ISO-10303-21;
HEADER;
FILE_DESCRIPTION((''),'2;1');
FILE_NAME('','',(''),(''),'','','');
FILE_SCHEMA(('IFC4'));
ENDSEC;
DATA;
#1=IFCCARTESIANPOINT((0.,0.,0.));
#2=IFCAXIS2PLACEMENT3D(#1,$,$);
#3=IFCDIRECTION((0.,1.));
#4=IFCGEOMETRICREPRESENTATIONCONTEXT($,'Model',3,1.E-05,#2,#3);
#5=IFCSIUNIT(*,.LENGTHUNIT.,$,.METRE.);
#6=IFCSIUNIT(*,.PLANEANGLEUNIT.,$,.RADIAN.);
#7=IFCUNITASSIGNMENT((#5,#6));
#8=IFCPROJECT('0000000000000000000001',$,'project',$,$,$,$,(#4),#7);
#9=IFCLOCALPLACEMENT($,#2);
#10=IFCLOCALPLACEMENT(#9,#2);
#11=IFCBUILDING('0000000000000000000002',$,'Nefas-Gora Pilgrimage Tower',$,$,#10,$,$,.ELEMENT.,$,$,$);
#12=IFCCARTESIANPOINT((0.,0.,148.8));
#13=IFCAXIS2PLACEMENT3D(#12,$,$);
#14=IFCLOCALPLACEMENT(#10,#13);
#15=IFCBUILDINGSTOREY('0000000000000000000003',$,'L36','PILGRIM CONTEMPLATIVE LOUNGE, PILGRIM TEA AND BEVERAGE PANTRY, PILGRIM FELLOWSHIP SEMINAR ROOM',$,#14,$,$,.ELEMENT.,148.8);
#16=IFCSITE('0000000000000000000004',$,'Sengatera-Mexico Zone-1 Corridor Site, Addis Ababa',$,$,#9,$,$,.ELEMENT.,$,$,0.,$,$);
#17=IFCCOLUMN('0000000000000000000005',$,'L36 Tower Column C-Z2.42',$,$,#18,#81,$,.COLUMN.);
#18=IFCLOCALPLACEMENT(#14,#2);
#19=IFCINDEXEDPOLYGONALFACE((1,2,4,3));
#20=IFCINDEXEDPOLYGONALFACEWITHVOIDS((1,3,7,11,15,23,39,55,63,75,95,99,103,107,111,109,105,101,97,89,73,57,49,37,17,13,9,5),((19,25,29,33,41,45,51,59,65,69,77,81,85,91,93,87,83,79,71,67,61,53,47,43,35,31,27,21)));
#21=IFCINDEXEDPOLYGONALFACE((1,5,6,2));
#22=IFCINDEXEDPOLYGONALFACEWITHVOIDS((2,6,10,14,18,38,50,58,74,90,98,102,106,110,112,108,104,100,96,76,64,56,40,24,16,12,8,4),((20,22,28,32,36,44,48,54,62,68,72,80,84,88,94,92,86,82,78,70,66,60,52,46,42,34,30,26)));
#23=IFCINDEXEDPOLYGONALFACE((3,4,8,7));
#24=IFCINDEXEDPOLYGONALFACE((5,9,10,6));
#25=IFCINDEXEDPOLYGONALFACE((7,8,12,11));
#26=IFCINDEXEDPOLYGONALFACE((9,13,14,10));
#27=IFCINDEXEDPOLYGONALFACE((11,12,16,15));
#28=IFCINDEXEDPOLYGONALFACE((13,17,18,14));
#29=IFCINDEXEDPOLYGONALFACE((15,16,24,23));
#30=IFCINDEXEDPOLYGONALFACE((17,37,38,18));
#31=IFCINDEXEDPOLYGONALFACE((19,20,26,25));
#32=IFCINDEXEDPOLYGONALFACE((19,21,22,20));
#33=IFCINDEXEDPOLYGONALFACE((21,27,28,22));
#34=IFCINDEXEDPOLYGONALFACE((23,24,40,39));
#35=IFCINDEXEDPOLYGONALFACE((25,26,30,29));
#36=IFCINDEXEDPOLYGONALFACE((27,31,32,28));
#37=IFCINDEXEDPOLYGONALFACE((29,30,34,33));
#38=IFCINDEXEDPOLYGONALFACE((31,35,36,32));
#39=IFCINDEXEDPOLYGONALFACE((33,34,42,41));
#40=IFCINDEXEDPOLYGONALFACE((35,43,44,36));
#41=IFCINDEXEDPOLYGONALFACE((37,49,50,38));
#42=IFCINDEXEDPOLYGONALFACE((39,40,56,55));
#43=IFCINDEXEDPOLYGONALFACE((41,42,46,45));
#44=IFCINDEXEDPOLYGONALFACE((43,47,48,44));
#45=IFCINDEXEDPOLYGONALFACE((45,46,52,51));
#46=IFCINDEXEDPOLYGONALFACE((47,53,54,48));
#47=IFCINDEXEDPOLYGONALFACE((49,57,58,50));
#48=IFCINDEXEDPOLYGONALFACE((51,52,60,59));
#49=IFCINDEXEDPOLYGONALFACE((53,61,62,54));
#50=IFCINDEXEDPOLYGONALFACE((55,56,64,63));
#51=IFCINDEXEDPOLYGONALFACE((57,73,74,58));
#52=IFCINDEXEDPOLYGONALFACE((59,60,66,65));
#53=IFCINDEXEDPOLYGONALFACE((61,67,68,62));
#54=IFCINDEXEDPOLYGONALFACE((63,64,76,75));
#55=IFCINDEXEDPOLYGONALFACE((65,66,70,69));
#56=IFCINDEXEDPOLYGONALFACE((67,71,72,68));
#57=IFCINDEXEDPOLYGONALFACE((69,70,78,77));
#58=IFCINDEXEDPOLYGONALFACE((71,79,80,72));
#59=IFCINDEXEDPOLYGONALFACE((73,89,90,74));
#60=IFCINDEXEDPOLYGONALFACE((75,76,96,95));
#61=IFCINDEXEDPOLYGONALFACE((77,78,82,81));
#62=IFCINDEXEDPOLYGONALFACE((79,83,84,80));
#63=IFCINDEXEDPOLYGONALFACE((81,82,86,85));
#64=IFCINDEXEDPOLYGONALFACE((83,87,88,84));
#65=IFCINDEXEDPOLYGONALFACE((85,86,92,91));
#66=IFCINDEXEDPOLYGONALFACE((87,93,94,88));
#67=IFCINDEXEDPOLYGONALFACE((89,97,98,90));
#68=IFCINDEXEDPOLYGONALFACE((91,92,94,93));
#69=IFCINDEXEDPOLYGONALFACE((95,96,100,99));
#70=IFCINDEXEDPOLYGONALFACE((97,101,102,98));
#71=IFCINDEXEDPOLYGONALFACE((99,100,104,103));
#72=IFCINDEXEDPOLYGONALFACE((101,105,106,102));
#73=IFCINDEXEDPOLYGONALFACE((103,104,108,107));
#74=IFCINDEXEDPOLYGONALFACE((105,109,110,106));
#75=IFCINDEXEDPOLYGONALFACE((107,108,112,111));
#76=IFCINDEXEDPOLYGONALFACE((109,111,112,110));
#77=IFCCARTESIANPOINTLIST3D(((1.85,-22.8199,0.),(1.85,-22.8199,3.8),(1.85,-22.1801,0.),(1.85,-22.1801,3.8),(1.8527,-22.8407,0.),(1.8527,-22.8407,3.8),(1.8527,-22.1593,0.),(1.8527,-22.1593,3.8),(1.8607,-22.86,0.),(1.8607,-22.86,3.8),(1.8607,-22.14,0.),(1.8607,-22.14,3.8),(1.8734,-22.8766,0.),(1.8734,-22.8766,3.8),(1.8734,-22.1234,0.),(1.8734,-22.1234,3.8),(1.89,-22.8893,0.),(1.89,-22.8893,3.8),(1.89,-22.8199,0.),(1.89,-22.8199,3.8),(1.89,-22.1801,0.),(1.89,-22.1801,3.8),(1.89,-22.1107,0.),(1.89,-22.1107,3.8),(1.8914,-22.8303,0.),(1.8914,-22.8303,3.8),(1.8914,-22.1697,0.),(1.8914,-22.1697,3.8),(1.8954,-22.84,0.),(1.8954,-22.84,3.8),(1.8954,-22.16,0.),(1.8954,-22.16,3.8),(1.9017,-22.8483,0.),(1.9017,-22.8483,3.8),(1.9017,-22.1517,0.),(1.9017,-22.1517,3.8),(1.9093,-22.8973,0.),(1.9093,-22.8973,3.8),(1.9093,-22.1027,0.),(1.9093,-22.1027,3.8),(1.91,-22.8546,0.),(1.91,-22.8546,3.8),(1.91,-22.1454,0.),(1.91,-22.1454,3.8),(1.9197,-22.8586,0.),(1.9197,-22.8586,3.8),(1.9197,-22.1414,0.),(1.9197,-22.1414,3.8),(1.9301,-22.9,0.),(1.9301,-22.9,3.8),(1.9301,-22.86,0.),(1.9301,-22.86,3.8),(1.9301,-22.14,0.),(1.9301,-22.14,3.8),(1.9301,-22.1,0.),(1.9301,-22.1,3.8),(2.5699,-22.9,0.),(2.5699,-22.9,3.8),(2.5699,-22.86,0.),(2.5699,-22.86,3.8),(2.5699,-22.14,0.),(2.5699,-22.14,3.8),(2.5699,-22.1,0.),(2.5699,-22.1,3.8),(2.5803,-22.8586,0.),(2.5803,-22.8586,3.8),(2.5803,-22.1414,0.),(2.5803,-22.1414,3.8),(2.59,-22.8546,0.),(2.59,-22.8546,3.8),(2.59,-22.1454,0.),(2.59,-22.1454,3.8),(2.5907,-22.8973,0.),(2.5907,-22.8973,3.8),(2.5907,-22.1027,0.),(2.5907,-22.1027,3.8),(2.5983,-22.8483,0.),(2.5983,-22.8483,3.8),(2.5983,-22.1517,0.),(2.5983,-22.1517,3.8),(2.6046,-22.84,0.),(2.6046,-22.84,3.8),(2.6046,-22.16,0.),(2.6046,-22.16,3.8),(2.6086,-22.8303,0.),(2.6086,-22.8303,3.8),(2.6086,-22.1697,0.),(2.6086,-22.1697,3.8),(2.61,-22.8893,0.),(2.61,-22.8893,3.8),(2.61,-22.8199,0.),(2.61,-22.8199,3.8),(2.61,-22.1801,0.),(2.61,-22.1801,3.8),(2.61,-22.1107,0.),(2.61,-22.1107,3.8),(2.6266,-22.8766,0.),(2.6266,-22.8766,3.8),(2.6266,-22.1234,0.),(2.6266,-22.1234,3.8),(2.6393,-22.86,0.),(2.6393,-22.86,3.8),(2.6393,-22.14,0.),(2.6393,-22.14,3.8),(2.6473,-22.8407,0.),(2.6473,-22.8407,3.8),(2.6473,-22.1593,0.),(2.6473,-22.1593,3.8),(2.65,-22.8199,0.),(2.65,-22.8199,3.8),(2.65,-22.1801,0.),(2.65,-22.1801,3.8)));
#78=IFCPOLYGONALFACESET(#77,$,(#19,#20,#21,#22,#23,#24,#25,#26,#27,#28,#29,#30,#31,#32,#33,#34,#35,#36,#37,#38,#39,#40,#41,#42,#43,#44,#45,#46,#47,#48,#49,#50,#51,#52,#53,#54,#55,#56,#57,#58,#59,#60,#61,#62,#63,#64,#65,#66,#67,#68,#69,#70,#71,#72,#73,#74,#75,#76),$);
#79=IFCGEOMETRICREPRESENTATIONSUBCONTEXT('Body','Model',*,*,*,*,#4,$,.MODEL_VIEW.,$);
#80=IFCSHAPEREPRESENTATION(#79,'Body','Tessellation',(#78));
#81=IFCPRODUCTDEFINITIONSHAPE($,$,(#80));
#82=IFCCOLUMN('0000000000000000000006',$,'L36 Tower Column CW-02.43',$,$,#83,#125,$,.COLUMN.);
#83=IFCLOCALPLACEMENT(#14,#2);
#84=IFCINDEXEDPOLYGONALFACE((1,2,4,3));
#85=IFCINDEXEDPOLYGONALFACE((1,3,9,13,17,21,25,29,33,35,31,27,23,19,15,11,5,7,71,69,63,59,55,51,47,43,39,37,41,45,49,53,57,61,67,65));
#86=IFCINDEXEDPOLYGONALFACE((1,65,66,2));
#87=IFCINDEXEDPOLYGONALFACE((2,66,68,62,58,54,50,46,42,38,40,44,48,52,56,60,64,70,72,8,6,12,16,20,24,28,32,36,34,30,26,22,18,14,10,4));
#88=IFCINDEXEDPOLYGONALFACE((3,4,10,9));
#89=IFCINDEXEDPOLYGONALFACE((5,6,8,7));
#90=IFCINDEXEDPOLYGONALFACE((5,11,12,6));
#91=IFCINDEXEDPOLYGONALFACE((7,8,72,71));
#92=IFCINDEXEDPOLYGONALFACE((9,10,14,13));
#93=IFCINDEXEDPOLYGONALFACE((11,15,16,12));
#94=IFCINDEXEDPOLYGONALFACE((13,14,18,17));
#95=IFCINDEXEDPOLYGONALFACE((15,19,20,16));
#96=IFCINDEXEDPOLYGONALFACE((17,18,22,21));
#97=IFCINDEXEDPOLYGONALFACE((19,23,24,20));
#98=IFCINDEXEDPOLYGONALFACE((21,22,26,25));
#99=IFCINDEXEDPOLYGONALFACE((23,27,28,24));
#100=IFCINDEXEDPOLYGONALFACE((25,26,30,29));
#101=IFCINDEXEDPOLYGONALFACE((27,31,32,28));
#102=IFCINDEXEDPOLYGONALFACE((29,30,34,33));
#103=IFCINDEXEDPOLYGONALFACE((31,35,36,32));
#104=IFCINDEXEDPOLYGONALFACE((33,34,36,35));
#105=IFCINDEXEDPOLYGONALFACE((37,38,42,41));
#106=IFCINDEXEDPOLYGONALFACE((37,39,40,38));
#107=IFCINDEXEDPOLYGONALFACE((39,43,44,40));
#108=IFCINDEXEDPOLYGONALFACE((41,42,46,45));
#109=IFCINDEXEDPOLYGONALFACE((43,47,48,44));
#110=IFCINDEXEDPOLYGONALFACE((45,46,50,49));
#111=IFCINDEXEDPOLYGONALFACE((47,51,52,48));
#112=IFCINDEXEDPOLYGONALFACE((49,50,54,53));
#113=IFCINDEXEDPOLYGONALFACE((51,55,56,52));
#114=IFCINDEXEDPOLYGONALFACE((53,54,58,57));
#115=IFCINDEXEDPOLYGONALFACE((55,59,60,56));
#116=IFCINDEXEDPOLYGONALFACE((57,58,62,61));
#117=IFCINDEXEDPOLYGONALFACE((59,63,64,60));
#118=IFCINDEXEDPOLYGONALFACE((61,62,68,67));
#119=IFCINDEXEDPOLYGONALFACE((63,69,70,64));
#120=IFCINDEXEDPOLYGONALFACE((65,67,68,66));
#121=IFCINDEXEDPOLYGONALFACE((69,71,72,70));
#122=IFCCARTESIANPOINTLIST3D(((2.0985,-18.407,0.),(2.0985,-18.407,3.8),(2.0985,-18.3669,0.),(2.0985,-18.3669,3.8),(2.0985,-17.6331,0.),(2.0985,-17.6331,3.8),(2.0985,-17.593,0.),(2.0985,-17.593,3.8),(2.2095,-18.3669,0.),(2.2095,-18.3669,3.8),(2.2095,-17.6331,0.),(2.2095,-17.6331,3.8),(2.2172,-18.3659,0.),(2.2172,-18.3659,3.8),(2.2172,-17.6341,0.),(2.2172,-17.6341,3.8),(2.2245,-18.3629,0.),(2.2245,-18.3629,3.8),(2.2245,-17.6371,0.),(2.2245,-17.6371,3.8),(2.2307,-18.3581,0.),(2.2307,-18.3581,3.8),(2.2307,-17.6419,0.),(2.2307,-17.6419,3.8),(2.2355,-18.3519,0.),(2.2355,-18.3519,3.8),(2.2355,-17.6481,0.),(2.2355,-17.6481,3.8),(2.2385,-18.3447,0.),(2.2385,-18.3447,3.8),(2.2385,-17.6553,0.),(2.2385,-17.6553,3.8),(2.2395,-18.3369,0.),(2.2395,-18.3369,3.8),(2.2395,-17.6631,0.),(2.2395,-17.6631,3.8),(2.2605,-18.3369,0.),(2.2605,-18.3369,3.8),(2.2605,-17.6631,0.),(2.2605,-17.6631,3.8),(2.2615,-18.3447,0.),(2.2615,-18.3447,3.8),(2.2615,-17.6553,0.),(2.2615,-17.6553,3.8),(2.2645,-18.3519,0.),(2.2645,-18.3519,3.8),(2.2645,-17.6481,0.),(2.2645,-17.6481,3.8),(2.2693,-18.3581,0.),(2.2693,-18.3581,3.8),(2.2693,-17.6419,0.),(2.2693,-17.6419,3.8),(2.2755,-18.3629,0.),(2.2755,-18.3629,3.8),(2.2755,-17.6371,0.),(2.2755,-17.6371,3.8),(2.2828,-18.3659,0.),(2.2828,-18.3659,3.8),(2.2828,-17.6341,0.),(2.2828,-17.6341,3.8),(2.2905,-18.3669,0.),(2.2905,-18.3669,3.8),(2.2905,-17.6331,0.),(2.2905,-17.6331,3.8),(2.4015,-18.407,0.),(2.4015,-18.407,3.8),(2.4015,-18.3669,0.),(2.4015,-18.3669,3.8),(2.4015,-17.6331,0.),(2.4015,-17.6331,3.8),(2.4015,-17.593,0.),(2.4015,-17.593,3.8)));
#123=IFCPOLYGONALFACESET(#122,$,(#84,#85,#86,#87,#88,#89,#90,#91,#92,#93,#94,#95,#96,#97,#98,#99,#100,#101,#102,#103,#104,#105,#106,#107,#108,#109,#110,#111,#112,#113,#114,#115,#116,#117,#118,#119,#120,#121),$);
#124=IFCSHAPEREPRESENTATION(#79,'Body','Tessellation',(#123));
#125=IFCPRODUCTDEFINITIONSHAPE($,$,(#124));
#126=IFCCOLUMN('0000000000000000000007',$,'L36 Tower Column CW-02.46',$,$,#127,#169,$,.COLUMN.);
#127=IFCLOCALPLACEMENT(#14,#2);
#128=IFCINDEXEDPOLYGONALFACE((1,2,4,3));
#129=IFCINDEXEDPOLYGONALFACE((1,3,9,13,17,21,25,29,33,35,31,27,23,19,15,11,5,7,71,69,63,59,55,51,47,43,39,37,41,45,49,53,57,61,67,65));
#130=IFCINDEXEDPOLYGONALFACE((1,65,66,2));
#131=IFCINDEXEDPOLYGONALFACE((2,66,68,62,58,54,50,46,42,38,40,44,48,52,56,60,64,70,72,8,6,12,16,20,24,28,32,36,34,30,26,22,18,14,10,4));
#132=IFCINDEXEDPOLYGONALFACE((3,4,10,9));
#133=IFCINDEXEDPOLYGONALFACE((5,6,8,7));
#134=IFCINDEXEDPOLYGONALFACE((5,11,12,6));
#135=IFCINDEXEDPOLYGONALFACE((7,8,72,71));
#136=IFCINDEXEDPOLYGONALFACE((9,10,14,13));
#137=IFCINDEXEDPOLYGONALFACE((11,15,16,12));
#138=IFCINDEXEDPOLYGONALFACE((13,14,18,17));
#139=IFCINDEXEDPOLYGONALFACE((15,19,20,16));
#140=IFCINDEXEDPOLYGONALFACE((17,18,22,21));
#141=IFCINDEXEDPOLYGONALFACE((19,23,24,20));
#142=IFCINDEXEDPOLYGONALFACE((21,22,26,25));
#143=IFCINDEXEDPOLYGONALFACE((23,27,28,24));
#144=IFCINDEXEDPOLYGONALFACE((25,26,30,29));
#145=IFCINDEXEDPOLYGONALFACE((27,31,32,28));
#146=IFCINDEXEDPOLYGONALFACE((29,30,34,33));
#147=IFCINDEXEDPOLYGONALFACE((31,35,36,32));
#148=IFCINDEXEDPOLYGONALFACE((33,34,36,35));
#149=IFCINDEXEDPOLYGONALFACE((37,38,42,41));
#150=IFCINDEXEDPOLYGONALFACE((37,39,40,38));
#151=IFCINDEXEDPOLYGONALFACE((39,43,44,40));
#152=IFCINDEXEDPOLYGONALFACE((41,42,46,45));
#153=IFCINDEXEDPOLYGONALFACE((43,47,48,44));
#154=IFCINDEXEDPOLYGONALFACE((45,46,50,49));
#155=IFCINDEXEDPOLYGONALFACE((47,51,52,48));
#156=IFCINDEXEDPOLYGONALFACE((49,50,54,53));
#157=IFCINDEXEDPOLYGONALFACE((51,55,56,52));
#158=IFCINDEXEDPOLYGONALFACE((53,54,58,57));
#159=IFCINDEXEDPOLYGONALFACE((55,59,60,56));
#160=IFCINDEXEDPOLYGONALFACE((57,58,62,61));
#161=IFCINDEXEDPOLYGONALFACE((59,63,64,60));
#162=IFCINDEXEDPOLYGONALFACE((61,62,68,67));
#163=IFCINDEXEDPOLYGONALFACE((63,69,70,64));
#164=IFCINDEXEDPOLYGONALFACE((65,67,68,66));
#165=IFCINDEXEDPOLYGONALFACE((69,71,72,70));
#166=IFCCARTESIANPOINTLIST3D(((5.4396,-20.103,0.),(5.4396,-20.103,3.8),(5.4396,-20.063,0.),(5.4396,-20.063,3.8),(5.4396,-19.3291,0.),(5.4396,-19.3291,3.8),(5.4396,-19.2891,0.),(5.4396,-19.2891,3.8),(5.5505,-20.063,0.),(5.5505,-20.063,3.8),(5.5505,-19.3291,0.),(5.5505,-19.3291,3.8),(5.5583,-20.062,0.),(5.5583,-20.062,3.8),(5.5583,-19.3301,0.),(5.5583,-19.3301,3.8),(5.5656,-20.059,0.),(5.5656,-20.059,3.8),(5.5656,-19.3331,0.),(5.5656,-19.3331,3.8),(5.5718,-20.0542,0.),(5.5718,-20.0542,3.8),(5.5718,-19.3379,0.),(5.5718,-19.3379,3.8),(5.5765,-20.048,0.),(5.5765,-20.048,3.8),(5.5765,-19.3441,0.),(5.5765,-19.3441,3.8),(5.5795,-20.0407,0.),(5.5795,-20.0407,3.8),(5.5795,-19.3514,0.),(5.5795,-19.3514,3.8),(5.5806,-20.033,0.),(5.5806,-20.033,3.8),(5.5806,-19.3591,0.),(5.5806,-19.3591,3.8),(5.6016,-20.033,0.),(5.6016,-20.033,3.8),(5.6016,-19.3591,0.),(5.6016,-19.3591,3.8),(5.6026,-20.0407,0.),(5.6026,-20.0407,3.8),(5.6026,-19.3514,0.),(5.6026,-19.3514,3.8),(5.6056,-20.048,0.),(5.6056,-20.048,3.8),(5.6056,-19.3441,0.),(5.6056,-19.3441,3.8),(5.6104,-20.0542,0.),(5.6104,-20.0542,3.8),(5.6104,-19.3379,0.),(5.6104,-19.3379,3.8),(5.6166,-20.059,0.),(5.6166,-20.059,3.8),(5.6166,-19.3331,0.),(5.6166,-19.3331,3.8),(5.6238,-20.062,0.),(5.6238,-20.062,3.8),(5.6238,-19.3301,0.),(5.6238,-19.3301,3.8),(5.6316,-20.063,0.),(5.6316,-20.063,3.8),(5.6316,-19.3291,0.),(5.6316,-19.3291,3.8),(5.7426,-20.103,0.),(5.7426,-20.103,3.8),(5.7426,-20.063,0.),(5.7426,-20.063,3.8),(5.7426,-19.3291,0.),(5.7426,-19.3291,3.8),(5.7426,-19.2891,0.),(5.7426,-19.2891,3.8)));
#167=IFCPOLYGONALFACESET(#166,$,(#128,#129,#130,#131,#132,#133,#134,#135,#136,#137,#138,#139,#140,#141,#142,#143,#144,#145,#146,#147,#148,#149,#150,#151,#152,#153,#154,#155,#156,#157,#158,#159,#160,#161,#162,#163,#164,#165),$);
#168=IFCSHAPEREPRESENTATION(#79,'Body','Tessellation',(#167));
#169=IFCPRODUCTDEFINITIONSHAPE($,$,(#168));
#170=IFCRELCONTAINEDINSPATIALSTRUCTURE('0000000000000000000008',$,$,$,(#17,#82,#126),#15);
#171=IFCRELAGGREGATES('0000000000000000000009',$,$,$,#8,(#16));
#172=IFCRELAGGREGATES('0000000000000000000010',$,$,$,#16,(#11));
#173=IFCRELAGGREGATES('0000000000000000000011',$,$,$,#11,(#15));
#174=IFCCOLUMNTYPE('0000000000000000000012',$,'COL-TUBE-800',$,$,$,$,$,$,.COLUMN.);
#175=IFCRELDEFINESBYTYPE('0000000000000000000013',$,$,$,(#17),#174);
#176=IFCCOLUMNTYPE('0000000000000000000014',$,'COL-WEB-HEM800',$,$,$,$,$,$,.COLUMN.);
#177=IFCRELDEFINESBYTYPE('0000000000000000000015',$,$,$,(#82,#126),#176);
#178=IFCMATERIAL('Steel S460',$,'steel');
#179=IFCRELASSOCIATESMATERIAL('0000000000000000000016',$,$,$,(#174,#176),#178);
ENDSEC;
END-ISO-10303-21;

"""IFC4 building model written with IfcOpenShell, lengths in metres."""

from ifc_helpers import new_model, si_unit, direction, frame, origin, origin_2d, place, context, subcontext, project, spatial, hollow_rectangle, i_section, extrude, source, transform, mapped, material, material_profile, profile_set, type_object, element, save


model = new_model("IFC4")

# Units and contexts
model_context = context("Model", 3, precision=1e-05, world=origin(), true_north=direction((0.0, 1.0)))
body_context = subcontext(model_context, "Body", "Model", "MODEL_VIEW")
ifc_project = project(units=[si_unit("LENGTHUNIT", "METRE"), si_unit("PLANEANGLEUNIT", "RADIAN")], contexts=[model_context])

# Site, building, storey
site_placement = place(None, origin())
site = spatial("IfcSite", under=ifc_project, at=site_placement, Name="Sengatera-Mexico Zone-1 Corridor Site, Addis Ababa", CompositionType="ELEMENT", RefElevation=0.0)
building_placement = place(site_placement, origin())
building = spatial("IfcBuilding", under=site, at=building_placement, Name="Nefas-Gora Pilgrimage Tower", CompositionType="ELEMENT")
storey_placement = place(building_placement, frame((0.0, 0.0, 148.8)))
storey = spatial("IfcBuildingStorey", under=building, at=storey_placement, Name="L36", Description="PILGRIM CONTEMPLATIVE LOUNGE, PILGRIM TEA AND BEVERAGE PANTRY, PILGRIM FELLOWSHIP SEMINAR ROOM", CompositionType="ELEMENT", Elevation=148.8)

# Columns
ifc_material_1 = material(Name="Steel S460", Category="steel")
ifc_material_profile_1 = material_profile(ifc_material_1, hollow_rectangle(XDim=0.8, YDim=0.8, WallThickness=0.04, InnerFilletRadius=0.04, OuterFilletRadius=0.0801, at=origin_2d()), Name="BOX 800x800x40")
ifc_profile_set_1 = profile_set([ifc_material_profile_1], Name="Steel S460")
column_type_1 = type_object("IfcColumnType", Name="COL-TUBE-800", PredefinedType="COLUMN", material=ifc_profile_set_1)
shared_shape_1 = source(origin(), body_context, "Body", "SweptSolid", [
    extrude(hollow_rectangle(XDim=0.8, YDim=0.8, WallThickness=0.04, InnerFilletRadius=0.04, OuterFilletRadius=0.0801, at=origin_2d()), origin(), (0.0, 0.0, 1.0), 3.8),
])
column_placement = place(storey_placement, frame((2.25, -22.5, 0.0), z_axis=(0.0, 0.0, 1.0), x_axis=(1.0, 0.0, 0.0)))
element("IfcColumn", 1, at=column_placement, inside=storey, type_object=column_type_1, Name="L36 Tower Column C-Z2.42", PredefinedType="COLUMN", context=body_context, shape_type="MappedRepresentation", body=[
    mapped(shared_shape_1, transform((0.0, 0.0, 0.0), x_axis=(1.0, 0.0, 0.0), y_axis=(0.0, 1.0, 0.0), z_axis=(0.0, 0.0, 1.0), scale=1.0)),
])
ifc_material_profile_2 = material_profile(ifc_material_1, i_section(OverallWidth=0.303, OverallDepth=0.814, WebThickness=0.021, FlangeThickness=0.04, FilletRadius=0.03, at=origin_2d()), Name="HEM 800")
ifc_profile_set_2 = profile_set([ifc_material_profile_2], Name="Steel S460")
column_type_2 = type_object("IfcColumnType", Name="COL-WEB-HEM800", PredefinedType="COLUMN", material=ifc_profile_set_2)
shared_shape_2 = source(origin(), body_context, "Body", "SweptSolid", [
    extrude(i_section(OverallWidth=0.303, OverallDepth=0.814, WebThickness=0.021, FlangeThickness=0.04, FilletRadius=0.03, at=origin_2d()), origin(), (0.0, 0.0, 1.0), 3.8),
])
for number, where, z_axis, x_axis, name in (
    (2, (2.25, -18.0, 0.0), (0.0, 0.0, 1.0), (1.0, 0.0, 0.0), "L36 Tower Column CW-02.43"),
    (3, (5.5911, -19.696, 0.0), (0.0, 0.0, 1.0), (1.0, 0.0, 0.0), "L36 Tower Column CW-02.46"),
):
    element("IfcColumn", number, at=place(storey_placement, frame(where, z_axis=z_axis, x_axis=x_axis)), inside=storey, type_object=column_type_2, Name=name, PredefinedType="COLUMN", context=body_context, shape_type="MappedRepresentation", body=[
        mapped(shared_shape_2, transform((0.0, 0.0, 0.0), x_axis=(1.0, 0.0, 0.0), y_axis=(0.0, 1.0, 0.0), z_axis=(0.0, 0.0, 1.0), scale=1.0)),
    ])

save(model, "model.ifc")
